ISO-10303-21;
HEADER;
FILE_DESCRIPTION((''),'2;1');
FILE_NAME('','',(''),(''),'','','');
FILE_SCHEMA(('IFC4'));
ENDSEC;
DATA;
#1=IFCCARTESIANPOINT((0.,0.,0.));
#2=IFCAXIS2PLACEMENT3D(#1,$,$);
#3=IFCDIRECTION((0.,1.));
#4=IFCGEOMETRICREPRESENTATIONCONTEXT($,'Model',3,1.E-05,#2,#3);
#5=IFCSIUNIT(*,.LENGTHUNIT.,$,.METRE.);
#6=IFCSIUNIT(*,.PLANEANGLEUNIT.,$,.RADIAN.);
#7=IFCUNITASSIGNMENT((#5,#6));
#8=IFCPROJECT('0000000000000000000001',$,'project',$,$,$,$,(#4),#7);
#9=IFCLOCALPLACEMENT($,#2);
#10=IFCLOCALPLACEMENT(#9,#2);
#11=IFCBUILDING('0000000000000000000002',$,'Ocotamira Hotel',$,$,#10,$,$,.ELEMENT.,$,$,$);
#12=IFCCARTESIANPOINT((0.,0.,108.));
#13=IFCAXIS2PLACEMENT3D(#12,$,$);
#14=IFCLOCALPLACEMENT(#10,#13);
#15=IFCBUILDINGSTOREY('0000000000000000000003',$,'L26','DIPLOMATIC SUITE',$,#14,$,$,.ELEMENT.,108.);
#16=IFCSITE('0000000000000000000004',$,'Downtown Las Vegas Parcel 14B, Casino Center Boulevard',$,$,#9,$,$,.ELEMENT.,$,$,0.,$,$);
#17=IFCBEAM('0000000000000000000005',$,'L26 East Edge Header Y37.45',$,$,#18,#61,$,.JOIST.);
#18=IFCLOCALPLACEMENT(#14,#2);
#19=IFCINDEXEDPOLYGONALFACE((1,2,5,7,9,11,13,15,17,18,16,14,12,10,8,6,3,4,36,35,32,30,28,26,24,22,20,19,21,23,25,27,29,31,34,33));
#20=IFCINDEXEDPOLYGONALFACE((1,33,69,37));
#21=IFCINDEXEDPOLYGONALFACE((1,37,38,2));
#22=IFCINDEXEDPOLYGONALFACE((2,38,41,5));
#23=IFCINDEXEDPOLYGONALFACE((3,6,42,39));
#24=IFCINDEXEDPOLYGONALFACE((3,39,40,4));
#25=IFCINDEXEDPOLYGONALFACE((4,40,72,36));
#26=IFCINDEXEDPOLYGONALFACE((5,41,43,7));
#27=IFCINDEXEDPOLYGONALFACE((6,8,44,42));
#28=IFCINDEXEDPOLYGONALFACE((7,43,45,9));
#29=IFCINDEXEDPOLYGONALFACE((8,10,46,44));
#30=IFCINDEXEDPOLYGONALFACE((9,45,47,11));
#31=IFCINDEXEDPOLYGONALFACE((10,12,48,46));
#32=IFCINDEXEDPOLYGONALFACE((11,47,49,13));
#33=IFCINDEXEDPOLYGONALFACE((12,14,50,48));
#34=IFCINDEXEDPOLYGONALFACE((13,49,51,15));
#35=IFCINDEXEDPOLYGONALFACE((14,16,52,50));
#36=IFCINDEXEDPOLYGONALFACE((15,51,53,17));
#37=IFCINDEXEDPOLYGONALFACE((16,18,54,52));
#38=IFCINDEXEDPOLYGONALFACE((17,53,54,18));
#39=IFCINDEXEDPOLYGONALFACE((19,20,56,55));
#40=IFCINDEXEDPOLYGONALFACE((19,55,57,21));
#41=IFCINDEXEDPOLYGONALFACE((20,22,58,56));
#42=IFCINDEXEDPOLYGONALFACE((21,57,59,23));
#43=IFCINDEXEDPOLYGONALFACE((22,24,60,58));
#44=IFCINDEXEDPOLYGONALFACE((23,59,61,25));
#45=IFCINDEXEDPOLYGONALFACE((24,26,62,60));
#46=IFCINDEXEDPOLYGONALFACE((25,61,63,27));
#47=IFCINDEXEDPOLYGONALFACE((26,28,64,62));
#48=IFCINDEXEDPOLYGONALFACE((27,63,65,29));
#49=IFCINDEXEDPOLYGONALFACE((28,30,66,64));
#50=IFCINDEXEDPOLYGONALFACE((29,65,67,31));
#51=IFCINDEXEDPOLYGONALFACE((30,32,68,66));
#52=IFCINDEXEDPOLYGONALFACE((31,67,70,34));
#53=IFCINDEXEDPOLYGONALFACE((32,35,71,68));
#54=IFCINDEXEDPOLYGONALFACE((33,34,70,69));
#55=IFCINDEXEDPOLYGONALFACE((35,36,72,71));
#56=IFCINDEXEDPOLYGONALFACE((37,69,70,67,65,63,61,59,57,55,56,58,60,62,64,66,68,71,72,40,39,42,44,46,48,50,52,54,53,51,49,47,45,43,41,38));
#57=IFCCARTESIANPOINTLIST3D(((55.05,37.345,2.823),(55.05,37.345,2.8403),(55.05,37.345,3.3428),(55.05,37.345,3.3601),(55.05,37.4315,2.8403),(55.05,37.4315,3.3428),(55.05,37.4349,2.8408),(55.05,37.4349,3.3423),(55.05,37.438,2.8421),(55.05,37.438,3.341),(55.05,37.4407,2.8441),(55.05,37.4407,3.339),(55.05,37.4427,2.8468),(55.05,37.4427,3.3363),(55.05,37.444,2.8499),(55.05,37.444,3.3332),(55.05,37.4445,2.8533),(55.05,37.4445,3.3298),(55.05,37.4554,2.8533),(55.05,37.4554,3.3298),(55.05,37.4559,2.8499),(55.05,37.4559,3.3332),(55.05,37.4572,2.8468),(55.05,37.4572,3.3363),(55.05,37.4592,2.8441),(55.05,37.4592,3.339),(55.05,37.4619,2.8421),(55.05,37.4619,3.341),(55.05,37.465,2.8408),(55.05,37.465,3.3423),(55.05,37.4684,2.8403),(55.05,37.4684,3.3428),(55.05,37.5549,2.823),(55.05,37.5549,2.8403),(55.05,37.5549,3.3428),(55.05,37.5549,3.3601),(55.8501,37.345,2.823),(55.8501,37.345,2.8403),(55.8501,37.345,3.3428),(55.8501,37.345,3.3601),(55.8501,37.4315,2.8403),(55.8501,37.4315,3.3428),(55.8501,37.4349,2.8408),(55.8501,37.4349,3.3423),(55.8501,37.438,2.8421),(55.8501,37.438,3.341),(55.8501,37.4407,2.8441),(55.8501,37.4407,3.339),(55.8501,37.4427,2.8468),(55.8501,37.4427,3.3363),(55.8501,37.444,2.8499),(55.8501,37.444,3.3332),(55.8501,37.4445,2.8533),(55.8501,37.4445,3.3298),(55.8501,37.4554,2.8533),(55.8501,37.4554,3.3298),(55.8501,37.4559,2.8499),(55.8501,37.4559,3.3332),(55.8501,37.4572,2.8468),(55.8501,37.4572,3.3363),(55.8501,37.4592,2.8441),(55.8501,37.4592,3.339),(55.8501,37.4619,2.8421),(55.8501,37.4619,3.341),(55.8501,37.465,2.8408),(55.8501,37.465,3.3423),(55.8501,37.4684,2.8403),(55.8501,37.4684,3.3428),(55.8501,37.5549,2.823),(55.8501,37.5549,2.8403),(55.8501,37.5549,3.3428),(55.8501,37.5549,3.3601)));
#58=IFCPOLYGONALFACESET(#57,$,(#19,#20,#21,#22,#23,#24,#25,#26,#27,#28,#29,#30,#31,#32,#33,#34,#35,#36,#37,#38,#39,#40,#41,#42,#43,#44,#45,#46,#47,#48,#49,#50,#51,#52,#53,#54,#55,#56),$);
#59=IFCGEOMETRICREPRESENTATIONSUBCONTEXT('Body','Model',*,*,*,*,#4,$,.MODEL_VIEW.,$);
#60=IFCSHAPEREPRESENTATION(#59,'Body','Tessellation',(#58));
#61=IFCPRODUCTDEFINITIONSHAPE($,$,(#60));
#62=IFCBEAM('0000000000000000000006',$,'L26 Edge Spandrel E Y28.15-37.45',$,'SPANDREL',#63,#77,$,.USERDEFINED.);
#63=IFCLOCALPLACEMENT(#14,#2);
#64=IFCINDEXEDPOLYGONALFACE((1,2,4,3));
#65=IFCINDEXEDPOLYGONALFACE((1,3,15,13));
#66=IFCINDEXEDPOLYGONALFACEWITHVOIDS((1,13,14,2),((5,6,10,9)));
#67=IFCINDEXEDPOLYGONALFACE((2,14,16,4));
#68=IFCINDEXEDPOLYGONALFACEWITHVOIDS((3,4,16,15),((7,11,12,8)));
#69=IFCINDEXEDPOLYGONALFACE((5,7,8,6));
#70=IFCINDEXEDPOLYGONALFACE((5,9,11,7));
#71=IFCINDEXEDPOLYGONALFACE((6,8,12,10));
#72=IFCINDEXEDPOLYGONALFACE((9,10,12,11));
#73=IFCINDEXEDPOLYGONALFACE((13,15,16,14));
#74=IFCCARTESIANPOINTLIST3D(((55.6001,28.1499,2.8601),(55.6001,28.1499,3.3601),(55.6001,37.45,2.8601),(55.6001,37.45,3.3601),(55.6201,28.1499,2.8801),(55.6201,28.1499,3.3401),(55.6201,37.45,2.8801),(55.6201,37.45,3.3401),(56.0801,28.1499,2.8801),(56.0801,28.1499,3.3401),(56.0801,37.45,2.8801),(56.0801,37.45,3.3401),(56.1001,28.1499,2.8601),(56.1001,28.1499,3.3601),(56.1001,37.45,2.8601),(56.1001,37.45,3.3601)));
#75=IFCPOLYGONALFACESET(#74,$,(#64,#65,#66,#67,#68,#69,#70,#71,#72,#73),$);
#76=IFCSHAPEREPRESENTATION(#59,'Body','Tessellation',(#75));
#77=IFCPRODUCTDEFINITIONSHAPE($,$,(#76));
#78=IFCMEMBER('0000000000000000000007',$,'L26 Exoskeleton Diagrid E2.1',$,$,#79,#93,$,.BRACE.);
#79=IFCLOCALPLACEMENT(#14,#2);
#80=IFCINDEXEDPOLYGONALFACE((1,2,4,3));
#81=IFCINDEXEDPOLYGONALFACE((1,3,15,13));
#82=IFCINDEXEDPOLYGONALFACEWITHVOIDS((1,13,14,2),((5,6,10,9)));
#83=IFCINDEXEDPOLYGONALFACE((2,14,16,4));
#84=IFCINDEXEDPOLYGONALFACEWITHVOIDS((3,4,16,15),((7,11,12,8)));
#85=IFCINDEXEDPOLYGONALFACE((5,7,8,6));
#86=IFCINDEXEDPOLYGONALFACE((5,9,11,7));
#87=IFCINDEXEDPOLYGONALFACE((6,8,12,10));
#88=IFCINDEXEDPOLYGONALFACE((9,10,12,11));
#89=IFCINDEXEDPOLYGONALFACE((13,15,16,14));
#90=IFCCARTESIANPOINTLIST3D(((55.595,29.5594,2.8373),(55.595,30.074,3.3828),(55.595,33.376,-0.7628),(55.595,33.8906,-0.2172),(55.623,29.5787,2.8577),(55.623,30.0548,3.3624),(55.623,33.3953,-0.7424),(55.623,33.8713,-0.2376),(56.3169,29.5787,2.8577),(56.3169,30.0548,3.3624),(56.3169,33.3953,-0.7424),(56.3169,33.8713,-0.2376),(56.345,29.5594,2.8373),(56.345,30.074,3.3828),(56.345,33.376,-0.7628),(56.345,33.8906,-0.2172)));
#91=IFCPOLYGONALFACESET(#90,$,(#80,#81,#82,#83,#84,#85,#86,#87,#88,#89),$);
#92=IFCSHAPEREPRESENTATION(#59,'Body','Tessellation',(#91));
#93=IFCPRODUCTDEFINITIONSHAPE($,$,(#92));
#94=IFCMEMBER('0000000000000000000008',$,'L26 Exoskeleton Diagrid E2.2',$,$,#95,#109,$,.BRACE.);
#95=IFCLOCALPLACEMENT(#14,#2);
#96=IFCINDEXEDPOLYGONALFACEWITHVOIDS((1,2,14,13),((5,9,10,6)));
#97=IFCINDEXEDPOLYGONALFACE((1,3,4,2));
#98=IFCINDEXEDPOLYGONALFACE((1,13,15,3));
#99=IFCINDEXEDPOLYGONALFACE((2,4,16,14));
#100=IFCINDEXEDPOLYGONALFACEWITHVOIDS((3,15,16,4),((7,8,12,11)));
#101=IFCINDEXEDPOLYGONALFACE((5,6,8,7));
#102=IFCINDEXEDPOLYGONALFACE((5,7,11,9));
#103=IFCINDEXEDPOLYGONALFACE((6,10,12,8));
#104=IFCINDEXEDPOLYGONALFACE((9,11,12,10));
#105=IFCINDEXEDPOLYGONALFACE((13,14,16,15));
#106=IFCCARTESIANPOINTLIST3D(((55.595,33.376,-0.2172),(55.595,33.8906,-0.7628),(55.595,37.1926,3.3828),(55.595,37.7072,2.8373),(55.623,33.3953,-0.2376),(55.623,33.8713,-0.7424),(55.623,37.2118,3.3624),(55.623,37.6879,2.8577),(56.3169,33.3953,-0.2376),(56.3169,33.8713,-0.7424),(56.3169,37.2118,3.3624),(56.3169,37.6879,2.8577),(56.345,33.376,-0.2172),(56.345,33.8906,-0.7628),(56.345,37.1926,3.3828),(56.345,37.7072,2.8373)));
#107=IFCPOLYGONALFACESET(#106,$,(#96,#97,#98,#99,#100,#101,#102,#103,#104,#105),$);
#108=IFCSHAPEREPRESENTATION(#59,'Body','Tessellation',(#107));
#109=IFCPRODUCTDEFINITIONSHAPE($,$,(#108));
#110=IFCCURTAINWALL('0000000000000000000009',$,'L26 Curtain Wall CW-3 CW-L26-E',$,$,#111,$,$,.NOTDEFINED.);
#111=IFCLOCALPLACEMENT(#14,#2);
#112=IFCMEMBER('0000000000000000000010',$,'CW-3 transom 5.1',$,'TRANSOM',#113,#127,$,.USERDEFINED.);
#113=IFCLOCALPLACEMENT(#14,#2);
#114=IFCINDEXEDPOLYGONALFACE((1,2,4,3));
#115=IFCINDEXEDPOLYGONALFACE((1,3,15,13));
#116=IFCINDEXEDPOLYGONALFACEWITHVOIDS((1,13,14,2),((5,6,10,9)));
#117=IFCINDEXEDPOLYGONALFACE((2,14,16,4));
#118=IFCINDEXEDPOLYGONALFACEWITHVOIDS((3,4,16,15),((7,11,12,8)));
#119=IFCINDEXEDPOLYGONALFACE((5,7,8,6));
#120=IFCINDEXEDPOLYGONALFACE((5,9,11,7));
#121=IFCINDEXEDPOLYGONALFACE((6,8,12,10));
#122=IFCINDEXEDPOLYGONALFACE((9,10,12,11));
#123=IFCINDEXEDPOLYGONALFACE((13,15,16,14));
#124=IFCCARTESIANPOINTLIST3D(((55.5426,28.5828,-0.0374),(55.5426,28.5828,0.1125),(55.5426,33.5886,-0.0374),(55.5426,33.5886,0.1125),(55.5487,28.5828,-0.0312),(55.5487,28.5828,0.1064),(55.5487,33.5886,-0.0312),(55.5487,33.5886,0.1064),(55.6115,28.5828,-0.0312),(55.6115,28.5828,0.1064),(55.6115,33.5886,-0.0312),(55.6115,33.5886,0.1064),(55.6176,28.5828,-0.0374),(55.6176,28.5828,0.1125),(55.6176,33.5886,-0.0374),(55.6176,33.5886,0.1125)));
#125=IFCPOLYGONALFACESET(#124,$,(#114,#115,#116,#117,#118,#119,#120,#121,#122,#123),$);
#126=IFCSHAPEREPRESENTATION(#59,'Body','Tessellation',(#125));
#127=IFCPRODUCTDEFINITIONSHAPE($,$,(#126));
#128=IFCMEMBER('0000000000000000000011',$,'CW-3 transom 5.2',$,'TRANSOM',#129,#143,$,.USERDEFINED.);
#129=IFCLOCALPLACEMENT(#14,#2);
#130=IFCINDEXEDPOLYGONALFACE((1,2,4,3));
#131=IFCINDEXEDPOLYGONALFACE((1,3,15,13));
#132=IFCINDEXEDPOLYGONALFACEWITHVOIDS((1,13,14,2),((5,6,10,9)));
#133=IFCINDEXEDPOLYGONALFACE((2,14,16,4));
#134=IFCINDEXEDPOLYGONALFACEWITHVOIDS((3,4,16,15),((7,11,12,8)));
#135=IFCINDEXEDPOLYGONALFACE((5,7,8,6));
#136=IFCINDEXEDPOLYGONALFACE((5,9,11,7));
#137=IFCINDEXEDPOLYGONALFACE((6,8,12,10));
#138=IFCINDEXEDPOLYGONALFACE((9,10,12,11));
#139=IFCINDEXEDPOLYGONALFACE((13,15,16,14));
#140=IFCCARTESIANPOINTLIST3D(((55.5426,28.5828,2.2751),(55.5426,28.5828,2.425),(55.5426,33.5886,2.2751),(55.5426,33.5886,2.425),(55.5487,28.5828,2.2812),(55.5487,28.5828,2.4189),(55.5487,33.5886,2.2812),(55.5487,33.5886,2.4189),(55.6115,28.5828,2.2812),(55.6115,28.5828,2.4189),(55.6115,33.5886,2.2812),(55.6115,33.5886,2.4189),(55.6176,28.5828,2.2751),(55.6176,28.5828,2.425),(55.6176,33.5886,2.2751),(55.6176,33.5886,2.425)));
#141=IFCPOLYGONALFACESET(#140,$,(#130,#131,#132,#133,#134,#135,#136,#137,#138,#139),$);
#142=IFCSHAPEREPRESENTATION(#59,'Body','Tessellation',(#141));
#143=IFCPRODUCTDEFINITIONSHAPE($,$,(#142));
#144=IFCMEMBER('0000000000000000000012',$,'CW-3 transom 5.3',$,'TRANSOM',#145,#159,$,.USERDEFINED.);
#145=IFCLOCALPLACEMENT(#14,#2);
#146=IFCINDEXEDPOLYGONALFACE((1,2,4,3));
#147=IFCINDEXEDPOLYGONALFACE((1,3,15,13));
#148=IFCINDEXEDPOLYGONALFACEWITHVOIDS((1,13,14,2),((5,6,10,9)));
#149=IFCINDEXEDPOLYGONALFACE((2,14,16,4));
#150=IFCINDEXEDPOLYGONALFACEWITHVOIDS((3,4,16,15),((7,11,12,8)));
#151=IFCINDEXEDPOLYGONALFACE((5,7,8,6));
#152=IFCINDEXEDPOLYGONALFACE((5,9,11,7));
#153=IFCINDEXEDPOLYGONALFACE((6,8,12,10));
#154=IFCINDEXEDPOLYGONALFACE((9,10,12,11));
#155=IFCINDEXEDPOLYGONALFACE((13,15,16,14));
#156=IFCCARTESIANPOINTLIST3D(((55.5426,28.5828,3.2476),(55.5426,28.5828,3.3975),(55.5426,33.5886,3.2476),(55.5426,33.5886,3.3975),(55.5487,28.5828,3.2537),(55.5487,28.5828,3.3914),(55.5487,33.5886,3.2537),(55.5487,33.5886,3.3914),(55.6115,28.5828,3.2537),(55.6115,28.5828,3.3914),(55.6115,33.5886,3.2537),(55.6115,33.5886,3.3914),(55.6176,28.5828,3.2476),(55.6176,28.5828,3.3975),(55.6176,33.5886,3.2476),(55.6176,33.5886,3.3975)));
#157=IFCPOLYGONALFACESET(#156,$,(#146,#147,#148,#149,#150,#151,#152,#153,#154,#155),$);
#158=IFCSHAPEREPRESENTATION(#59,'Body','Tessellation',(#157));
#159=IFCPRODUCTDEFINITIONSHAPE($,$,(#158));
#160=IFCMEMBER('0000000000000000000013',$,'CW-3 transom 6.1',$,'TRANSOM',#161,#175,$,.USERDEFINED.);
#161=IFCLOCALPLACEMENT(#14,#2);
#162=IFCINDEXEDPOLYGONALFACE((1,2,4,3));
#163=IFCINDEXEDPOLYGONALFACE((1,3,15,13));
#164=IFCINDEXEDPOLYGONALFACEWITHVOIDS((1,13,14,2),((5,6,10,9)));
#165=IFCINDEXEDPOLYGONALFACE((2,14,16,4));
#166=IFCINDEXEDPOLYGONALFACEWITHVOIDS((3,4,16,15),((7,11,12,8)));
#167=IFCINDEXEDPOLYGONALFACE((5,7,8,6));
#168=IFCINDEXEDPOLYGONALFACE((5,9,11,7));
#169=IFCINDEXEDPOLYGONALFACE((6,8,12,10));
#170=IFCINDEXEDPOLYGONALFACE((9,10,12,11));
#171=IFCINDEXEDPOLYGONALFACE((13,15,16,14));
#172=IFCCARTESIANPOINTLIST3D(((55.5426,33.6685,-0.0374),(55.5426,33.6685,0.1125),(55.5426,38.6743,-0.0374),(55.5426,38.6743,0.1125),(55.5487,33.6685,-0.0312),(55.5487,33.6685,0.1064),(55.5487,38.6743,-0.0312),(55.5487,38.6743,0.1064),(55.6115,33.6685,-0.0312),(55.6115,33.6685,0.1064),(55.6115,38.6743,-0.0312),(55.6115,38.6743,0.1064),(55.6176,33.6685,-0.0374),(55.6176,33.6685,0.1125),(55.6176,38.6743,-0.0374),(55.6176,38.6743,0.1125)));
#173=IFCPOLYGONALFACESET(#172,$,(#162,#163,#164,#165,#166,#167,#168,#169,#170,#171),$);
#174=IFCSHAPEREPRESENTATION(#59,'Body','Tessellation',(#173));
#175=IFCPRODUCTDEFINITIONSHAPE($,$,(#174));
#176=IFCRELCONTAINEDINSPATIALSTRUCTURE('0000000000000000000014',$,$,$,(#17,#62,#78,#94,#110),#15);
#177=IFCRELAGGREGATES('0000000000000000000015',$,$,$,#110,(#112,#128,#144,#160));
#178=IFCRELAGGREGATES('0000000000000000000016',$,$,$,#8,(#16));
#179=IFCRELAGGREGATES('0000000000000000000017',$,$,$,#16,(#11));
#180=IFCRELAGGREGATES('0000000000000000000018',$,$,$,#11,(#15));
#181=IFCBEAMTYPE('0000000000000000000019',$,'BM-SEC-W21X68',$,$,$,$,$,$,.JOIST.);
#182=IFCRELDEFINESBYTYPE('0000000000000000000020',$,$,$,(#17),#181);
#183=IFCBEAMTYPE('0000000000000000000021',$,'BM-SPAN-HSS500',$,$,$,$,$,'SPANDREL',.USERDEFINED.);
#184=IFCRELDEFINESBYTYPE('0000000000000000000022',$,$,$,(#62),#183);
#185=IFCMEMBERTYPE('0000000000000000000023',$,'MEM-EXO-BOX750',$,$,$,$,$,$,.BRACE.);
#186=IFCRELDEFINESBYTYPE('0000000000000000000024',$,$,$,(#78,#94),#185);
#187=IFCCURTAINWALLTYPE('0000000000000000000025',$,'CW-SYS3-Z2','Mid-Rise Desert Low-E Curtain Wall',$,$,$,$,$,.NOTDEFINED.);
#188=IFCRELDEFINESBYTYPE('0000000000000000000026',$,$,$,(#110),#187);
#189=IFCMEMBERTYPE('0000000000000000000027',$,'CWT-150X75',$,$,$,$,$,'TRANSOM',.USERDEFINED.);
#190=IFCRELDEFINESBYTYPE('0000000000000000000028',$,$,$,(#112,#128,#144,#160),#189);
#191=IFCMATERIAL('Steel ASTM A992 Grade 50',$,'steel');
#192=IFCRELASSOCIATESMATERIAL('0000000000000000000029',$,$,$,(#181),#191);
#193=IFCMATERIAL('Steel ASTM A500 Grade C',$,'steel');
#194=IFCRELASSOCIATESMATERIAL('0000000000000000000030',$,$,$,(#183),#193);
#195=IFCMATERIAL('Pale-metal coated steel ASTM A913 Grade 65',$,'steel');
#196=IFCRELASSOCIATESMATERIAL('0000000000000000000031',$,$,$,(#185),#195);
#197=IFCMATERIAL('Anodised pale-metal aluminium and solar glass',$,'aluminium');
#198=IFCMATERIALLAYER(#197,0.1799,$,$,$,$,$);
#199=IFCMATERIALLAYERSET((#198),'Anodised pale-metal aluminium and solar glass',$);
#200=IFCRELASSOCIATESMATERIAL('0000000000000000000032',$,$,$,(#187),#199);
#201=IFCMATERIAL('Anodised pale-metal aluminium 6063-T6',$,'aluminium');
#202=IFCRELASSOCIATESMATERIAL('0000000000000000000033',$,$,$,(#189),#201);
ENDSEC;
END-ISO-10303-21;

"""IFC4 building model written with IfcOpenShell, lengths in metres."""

from ifc_helpers import new_model, si_unit, direction, frame, origin, origin_2d, place, context, subcontext, project, spatial, hollow_rectangle, i_section, extrude, source, transform, mapped, material, layer, layer_set, material_profile, profile_set, type_object, element, aggregate, save


model = new_model("IFC4")

# Units and contexts
model_context = context("Model", 3, precision=1e-05, world=origin(), true_north=direction((0.0, 1.0)))
body_context = subcontext(model_context, "Body", "Model", "MODEL_VIEW")
ifc_project = project(units=[si_unit("LENGTHUNIT", "METRE"), si_unit("PLANEANGLEUNIT", "RADIAN")], contexts=[model_context])

# Site, building, storey
site_placement = place(None, origin())
site = spatial("IfcSite", under=ifc_project, at=site_placement, Name="Downtown Las Vegas Parcel 14B, Casino Center Boulevard", CompositionType="ELEMENT", RefElevation=0.0)
building_placement = place(site_placement, origin())
building = spatial("IfcBuilding", under=site, at=building_placement, Name="Ocotamira Hotel", CompositionType="ELEMENT")
storey_placement = place(building_placement, frame((0.0, 0.0, 108.0)))
storey = spatial("IfcBuildingStorey", under=building, at=storey_placement, Name="L26", Description="DIPLOMATIC SUITE", CompositionType="ELEMENT", Elevation=108.0)

# Beams
ifc_material_1 = material(Name="Steel ASTM A500 Grade C", Category="steel")
ifc_material_2 = material(Name="Steel ASTM A992 Grade 50", Category="steel")
ifc_material_profile_1 = material_profile(ifc_material_2, i_section(OverallWidth=0.21, OverallDepth=0.5371, WebThickness=0.011, FlangeThickness=0.0173, FilletRadius=0.0129, at=origin_2d()), Name="W21X68")
ifc_profile_set_1 = profile_set([ifc_material_profile_1], Name="Steel ASTM A992 Grade 50")
beam_type_1 = type_object("IfcBeamType", Name="BM-SEC-W21X68", PredefinedType="JOIST", material=ifc_profile_set_1)
shared_shape_1 = source(origin(), body_context, "Body", "SweptSolid", [
    extrude(i_section(OverallWidth=0.21, OverallDepth=0.5371, WebThickness=0.011, FlangeThickness=0.0173, FilletRadius=0.0129, at=origin_2d()), origin(), (0.0, 0.0, 1.0), 0.8),
])
for number, where, z_axis, x_axis, name in (
    (1, (55.05, 37.45, 3.0916), (1.0, 0.0, 0.0), (0.0, 1.0, 0.0), "L26 East Edge Header Y37.45"),
):
    element("IfcBeam", number, at=place(storey_placement, frame(where, z_axis=z_axis, x_axis=x_axis)), inside=storey, type_object=beam_type_1, Name=name, PredefinedType="JOIST", context=body_context, shape_type="MappedRepresentation", body=[
        mapped(shared_shape_1, transform((0.0, 0.0, 0.0), scale=1.0)),
    ])
ifc_material_profile_2 = material_profile(ifc_material_1, hollow_rectangle(XDim=0.5, YDim=0.5, WallThickness=0.02, at=origin_2d()), Name="HSS500X500X20")
ifc_profile_set_2 = profile_set([ifc_material_profile_2], Name="Steel ASTM A500 Grade C")
beam_type_2 = type_object("IfcBeamType", Name="BM-SPAN-HSS500", ElementType="SPANDREL", PredefinedType="USERDEFINED", material=ifc_profile_set_2)
shared_shape_2 = source(origin(), body_context, "Body", "SweptSolid", [
    extrude(hollow_rectangle(XDim=0.5, YDim=0.5, WallThickness=0.02, at=origin_2d()), origin(), (0.0, 0.0, 1.0), 9.3),
])
beam_1_placement = place(storey_placement, frame((55.8501, 28.1499, 3.1101), z_axis=(0.0, 1.0, 0.0), x_axis=(-1.0, 0.0, 0.0)))
element("IfcBeam", 2, at=beam_1_placement, inside=storey, type_object=beam_type_2, Name="L26 Edge Spandrel E Y28.15-37.45", ObjectType="SPANDREL", PredefinedType="USERDEFINED", context=body_context, shape_type="MappedRepresentation", body=[
    mapped(shared_shape_2, transform((0.0, 0.0, 0.0), scale=1.0)),
])

# Members
ifc_material_3 = material(Name="Pale-metal coated steel ASTM A913 Grade 65", Category="steel")
ifc_material_profile_3 = material_profile(ifc_material_3, hollow_rectangle(XDim=0.75, YDim=0.75, WallThickness=0.0281, at=origin_2d()), Name="BOX750X750X28")
ifc_profile_set_3 = profile_set([ifc_material_profile_3], Name="Pale-metal coated steel ASTM A913 Grade 65")
member_type_1 = type_object("IfcMemberType", Name="MEM-EXO-BOX750", PredefinedType="BRACE", material=ifc_profile_set_3)
shared_shape_3 = source(origin(), body_context, "Body", "SweptSolid", [
    extrude(hollow_rectangle(XDim=0.75, YDim=0.75, WallThickness=0.0281, at=origin_2d()), origin(), (0.0, 0.0, 1.0), 5.2466),
])
for number, where, z_axis, x_axis, name in (
    (3, (55.97, 33.6333, -0.49), (0.0, -0.727443, 0.686168), (1.0, 0.0, 0.0), "L26 Exoskeleton Diagrid E2.1"),
    (4, (55.97, 33.6333, -0.49), (0.0, 0.727443, 0.686168), (-1.0, 0.0, 0.0), "L26 Exoskeleton Diagrid E2.2"),
):
    element("IfcMember", number, at=place(storey_placement, frame(where, z_axis=z_axis, x_axis=x_axis)), inside=storey, type_object=member_type_1, Name=name, PredefinedType="BRACE", context=body_context, shape_type="MappedRepresentation", body=[
        mapped(shared_shape_3, transform((0.0, 0.0, 0.0), scale=1.0)),
    ])

# Curtain wall, members
ifc_material_4 = material(Name="Anodised pale-metal aluminium and solar glass", Category="aluminium")
ifc_layer_1 = layer(ifc_material_4, 0.1799)
ifc_layer_set_1 = layer_set([ifc_layer_1], Name="Anodised pale-metal aluminium and solar glass")
curtain_wall_type = type_object("IfcCurtainWallType", Name="CW-SYS3-Z2", Description="Mid-Rise Desert Low-E Curtain Wall", PredefinedType="NOTDEFINED", material=ifc_layer_set_1)
curtain_wall_placement = place(storey_placement, origin())
curtain_wall = element("IfcCurtainWall", 5, at=curtain_wall_placement, inside=storey, type_object=curtain_wall_type, Name="L26 Curtain Wall CW-3 CW-L26-E", PredefinedType="NOTDEFINED")
ifc_material_5 = material(Name="Anodised pale-metal aluminium 6063-T6", Category="aluminium")
ifc_material_profile_4 = material_profile(ifc_material_5, hollow_rectangle(XDim=0.075, YDim=0.1499, WallThickness=0.0061, at=origin_2d()), Name="HSS150X75X6")
ifc_profile_set_4 = profile_set([ifc_material_profile_4], Name="Anodised pale-metal aluminium 6063-T6")
member_type_2 = type_object("IfcMemberType", Name="CWT-150X75", ElementType="TRANSOM", PredefinedType="USERDEFINED", material=ifc_profile_set_4)
shared_shape_4 = source(origin(), body_context, "Body", "SweptSolid", [
    extrude(hollow_rectangle(XDim=0.075, YDim=0.1499, WallThickness=0.0061, at=origin_2d()), origin(), (0.0, 0.0, 1.0), 5.0059),
])
member_1_placement = place(storey_placement, frame((55.5801, 28.5828, 0.0376), z_axis=(0.0, 1.0, 0.0), x_axis=(-1.0, 0.0, 0.0)))
member_1 = element("IfcMember", 6, at=member_1_placement, type_object=member_type_2, Name="CW-3 transom 5.1", ObjectType="TRANSOM", PredefinedType="USERDEFINED", context=body_context, shape_type="MappedRepresentation", body=[
    mapped(shared_shape_4, transform((0.0, 0.0, 0.0), scale=1.0)),
])
member_2_placement = place(storey_placement, frame((55.5801, 28.5828, 2.3501), z_axis=(0.0, 1.0, 0.0), x_axis=(-1.0, 0.0, 0.0)))
member_2 = element("IfcMember", 7, at=member_2_placement, type_object=member_type_2, Name="CW-3 transom 5.2", ObjectType="TRANSOM", PredefinedType="USERDEFINED", context=body_context, shape_type="MappedRepresentation", body=[
    mapped(shared_shape_4, transform((0.0, 0.0, 0.0), scale=1.0)),
])
member_3_placement = place(storey_placement, frame((55.5801, 28.5828, 3.3225), z_axis=(0.0, 1.0, 0.0), x_axis=(-1.0, 0.0, 0.0)))
member_3 = element("IfcMember", 8, at=member_3_placement, type_object=member_type_2, Name="CW-3 transom 5.3", ObjectType="TRANSOM", PredefinedType="USERDEFINED", context=body_context, shape_type="MappedRepresentation", body=[
    mapped(shared_shape_4, transform((0.0, 0.0, 0.0), scale=1.0)),
])
member_4_placement = place(storey_placement, frame((55.5801, 33.6685, 0.0376), z_axis=(0.0, 1.0, 0.0), x_axis=(-1.0, 0.0, 0.0)))
member_4 = element("IfcMember", 9, at=member_4_placement, type_object=member_type_2, Name="CW-3 transom 6.1", ObjectType="TRANSOM", PredefinedType="USERDEFINED", context=body_context, shape_type="MappedRepresentation", body=[
    mapped(shared_shape_4, transform((0.0, 0.0, 0.0), scale=1.0)),
])

aggregate(curtain_wall, [member_1, member_2, member_3, member_4])

save(model, "model.ifc")
